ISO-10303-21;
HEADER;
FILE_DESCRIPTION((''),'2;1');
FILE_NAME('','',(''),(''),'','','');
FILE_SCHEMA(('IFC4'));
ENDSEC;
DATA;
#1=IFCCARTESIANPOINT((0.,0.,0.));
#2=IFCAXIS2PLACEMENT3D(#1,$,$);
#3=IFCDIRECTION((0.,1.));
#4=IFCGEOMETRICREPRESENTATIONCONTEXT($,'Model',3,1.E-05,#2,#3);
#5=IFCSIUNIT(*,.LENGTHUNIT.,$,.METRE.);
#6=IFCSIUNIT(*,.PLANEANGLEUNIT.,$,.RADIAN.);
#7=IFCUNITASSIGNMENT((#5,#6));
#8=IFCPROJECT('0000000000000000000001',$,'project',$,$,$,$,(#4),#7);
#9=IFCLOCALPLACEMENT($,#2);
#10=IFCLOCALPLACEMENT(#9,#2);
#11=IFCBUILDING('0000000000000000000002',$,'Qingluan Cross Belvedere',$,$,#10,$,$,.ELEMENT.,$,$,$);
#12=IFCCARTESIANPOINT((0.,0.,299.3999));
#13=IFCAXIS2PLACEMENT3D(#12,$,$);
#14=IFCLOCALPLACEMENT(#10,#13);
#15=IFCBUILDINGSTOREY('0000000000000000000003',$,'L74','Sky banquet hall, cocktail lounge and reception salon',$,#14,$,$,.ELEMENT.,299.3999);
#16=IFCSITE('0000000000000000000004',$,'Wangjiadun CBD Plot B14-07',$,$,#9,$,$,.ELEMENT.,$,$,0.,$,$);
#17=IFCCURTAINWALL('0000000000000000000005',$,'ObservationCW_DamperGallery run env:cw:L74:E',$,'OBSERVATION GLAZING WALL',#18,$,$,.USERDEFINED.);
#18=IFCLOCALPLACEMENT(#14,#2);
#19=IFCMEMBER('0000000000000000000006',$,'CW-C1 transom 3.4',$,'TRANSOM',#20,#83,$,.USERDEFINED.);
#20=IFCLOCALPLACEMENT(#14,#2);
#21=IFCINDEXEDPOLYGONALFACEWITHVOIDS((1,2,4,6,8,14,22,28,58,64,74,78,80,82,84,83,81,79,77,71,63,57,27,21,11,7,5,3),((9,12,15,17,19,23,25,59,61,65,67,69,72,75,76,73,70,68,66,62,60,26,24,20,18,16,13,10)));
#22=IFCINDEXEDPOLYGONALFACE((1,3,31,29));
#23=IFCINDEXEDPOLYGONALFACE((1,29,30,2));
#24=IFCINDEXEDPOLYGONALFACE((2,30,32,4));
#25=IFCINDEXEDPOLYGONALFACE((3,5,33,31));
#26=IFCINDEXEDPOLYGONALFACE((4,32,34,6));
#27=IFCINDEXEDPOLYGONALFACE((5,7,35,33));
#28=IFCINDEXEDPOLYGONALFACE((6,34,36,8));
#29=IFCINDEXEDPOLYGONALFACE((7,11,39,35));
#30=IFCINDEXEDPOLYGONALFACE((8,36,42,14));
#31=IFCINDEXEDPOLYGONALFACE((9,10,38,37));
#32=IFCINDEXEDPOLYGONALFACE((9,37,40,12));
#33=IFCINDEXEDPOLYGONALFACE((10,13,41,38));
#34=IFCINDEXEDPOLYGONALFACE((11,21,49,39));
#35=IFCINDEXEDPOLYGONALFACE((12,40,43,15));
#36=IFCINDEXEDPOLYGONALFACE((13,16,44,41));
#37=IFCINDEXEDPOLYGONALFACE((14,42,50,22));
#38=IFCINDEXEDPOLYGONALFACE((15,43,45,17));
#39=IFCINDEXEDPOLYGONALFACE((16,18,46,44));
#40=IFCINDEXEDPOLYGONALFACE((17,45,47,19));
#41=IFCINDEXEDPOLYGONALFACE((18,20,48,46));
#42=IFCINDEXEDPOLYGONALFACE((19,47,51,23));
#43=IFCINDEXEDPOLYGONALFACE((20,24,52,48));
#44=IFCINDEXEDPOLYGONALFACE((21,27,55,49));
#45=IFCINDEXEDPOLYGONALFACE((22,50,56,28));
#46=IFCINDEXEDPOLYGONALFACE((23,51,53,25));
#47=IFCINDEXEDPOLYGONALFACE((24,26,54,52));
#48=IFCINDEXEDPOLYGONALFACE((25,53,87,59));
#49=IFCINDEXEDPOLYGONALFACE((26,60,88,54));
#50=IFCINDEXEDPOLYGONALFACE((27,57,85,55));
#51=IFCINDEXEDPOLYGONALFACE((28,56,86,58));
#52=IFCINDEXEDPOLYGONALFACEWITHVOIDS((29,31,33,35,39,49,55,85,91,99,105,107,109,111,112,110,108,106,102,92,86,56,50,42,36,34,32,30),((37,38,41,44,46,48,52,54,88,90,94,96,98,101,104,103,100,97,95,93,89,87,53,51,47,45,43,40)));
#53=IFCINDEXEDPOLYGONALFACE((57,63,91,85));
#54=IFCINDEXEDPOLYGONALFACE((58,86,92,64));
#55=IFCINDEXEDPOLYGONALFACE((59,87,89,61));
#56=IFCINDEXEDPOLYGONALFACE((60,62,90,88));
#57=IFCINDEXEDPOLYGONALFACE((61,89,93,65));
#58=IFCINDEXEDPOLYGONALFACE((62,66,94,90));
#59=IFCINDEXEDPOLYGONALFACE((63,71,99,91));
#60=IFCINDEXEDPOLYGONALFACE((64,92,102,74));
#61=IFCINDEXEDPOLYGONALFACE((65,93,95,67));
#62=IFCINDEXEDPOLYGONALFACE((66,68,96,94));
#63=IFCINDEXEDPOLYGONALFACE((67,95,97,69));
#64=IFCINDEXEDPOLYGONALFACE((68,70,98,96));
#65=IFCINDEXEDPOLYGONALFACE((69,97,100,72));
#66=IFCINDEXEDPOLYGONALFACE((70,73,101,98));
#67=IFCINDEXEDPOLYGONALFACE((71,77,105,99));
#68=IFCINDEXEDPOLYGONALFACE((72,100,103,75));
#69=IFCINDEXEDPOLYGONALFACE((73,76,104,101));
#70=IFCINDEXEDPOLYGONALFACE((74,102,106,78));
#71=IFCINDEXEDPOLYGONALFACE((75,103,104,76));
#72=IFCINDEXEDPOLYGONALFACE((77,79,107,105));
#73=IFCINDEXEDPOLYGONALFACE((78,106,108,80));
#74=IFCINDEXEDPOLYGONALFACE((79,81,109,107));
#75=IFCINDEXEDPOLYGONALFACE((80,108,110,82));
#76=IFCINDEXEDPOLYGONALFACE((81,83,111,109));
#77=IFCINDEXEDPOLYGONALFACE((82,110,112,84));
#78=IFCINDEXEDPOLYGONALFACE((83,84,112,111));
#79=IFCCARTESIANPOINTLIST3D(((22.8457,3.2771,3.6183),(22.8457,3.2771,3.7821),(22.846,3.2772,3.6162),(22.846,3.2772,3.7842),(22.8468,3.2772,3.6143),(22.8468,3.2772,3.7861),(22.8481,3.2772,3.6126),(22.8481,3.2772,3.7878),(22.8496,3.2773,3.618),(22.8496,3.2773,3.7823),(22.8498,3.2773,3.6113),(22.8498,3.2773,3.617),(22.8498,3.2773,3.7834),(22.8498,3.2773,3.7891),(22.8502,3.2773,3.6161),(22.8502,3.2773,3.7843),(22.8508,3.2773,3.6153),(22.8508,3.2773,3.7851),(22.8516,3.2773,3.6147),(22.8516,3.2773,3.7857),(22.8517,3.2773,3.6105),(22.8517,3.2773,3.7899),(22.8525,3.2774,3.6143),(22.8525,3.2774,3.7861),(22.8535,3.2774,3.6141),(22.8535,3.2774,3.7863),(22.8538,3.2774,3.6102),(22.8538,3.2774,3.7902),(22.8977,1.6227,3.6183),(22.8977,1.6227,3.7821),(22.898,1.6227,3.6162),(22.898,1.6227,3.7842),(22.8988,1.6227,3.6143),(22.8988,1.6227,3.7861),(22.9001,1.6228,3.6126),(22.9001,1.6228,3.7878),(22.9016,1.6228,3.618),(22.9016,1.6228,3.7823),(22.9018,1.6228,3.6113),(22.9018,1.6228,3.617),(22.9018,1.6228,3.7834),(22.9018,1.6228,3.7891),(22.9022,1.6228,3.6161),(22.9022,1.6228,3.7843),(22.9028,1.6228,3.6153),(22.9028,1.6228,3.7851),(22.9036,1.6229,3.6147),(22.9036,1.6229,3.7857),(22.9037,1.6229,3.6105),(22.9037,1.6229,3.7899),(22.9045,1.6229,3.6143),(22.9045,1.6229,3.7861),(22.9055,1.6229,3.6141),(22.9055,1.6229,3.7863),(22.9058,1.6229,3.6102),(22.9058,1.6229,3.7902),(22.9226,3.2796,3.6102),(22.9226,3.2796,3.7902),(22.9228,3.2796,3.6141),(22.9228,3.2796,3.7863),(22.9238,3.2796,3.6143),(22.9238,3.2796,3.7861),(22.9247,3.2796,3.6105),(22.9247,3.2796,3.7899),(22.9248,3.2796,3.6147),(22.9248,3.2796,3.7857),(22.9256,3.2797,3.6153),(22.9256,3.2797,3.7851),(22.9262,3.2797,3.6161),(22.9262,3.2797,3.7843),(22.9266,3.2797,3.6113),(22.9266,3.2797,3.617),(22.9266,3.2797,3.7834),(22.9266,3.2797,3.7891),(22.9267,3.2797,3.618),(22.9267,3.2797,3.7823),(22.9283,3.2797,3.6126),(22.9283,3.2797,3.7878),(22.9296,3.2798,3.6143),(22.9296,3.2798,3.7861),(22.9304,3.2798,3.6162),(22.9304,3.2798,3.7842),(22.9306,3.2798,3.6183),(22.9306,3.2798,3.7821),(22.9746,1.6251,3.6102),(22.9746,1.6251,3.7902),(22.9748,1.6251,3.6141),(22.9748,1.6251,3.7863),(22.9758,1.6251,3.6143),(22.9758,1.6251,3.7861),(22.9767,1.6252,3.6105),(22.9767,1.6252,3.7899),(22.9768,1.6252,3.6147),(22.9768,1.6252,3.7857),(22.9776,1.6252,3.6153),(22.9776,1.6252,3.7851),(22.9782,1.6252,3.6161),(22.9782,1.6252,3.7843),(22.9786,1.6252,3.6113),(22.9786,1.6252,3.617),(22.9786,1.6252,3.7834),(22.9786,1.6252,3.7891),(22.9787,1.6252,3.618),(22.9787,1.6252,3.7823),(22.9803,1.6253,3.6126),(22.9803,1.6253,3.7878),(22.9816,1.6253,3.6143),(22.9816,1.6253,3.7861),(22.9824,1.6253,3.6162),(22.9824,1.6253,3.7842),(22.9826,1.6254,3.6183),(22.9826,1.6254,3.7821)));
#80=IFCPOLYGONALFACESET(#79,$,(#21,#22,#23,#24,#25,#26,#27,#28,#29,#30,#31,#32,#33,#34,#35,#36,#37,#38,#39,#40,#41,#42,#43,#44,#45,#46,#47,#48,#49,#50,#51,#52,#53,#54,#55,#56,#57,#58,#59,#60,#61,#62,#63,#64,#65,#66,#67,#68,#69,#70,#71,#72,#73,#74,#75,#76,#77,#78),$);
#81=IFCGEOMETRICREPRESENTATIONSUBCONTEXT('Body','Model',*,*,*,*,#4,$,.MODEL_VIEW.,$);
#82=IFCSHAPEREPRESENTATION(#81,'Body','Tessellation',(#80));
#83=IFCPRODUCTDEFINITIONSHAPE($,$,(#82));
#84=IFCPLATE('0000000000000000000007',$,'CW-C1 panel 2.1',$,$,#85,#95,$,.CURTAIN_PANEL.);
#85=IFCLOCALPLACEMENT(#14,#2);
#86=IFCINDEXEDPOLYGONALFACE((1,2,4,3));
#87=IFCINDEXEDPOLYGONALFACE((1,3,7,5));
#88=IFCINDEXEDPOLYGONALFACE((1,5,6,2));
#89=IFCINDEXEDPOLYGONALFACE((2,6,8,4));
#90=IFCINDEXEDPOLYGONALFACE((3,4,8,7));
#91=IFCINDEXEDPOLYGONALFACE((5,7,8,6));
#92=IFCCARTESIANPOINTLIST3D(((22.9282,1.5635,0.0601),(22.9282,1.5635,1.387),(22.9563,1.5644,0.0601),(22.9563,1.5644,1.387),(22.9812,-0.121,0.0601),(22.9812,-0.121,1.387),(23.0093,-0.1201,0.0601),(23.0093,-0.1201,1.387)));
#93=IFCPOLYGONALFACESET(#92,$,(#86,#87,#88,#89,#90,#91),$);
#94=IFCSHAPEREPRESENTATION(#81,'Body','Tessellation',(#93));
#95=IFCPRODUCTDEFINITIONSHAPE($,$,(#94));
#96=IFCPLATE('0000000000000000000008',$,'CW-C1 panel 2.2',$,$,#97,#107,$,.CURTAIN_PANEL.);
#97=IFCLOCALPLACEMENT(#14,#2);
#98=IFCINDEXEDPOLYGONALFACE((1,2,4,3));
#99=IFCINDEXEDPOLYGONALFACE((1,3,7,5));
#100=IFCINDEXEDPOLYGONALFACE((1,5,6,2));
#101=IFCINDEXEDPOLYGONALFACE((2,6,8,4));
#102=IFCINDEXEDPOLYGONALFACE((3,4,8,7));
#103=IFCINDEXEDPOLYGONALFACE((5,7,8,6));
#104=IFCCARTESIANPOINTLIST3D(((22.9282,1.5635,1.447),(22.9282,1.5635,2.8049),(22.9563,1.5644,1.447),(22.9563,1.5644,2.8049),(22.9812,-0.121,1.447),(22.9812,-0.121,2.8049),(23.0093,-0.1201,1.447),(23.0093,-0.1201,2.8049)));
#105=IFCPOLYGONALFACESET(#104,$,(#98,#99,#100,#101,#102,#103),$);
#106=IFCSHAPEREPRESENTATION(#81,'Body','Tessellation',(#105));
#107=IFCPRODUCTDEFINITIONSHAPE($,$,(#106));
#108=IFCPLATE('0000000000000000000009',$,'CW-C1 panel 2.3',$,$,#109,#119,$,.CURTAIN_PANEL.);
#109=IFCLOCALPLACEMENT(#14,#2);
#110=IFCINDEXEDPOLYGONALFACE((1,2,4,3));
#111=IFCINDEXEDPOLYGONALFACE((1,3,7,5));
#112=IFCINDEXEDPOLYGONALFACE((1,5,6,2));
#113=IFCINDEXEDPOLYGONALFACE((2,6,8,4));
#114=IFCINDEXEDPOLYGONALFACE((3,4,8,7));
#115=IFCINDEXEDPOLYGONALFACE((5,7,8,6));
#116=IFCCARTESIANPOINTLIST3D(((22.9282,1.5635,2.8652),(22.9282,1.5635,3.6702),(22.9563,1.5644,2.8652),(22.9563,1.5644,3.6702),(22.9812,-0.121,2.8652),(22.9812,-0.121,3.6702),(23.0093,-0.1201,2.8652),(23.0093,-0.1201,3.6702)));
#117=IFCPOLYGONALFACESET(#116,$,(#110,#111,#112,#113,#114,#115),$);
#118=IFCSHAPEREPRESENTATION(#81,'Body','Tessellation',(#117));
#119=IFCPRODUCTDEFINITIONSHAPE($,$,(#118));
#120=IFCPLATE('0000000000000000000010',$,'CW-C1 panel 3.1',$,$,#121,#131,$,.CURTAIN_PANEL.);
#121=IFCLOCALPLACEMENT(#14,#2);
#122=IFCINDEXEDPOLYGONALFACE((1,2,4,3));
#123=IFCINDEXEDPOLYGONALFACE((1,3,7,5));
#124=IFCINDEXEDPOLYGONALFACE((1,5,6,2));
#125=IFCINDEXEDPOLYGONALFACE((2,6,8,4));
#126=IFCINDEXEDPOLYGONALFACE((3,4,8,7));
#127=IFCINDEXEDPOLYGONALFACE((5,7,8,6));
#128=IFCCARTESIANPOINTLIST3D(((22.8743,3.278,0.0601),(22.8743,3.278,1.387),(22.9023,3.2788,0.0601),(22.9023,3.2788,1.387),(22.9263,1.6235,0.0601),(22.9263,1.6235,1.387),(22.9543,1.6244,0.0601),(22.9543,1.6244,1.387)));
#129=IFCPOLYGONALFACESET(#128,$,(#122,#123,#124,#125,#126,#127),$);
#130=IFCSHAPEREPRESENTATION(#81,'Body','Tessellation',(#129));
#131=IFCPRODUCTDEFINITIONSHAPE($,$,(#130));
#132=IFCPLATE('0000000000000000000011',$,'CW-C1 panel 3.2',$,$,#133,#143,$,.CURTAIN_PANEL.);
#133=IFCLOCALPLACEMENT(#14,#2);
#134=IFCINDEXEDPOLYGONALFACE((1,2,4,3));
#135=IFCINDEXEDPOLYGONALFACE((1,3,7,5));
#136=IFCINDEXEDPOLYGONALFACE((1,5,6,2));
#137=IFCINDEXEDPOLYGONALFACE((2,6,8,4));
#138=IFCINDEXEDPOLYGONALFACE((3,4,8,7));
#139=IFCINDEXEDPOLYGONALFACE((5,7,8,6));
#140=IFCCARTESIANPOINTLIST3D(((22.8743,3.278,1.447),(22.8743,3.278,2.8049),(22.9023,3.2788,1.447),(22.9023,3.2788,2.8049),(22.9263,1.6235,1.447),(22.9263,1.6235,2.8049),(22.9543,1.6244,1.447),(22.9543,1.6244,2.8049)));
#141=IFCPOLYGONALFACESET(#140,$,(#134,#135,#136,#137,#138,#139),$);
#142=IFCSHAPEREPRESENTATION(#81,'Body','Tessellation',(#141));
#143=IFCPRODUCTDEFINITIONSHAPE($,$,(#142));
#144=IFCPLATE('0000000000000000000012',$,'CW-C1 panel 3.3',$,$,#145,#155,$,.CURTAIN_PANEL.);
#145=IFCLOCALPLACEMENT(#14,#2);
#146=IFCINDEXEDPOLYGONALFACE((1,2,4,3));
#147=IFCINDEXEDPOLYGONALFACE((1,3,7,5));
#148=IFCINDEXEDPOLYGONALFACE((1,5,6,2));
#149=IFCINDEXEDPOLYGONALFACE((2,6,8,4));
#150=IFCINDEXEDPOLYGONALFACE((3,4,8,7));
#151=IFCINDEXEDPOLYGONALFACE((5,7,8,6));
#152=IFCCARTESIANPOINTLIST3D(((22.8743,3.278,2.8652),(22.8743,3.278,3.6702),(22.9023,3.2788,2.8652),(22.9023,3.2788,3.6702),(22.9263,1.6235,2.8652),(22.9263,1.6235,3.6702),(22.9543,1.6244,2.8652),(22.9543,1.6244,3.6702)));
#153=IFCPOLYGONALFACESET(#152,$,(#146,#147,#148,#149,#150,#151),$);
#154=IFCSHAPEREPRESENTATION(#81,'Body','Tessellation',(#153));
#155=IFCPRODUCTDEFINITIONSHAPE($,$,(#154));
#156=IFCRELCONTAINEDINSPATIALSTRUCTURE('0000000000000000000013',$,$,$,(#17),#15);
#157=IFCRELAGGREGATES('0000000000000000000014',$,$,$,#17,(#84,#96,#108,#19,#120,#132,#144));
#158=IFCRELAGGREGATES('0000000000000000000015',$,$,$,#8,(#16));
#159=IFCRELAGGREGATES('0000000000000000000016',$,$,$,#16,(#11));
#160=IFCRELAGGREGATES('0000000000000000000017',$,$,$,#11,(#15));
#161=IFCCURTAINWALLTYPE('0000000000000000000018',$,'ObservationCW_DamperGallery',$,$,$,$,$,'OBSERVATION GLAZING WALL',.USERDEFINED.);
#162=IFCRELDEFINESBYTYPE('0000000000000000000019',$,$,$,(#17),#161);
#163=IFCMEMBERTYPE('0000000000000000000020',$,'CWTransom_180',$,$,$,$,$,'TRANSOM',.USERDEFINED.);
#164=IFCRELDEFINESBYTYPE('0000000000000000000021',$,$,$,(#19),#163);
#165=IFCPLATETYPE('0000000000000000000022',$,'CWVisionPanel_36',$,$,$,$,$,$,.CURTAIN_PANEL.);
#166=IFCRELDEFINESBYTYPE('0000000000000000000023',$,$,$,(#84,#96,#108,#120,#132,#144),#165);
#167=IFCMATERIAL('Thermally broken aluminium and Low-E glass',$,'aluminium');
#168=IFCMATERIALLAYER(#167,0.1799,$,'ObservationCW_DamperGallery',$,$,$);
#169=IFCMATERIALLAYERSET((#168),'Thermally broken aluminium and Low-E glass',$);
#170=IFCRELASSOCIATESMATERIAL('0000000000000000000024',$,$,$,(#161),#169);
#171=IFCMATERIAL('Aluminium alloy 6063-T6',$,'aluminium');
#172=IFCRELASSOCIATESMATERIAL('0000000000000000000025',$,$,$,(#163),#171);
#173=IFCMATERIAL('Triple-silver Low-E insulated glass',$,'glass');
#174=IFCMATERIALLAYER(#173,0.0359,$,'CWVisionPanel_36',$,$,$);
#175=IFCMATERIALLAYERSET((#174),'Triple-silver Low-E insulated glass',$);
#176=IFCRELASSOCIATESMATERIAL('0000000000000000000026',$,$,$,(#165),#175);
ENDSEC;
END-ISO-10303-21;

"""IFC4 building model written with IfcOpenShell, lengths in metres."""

from ifc_helpers import new_model, si_unit, direction, frame, origin, origin_2d, place, context, subcontext, project, spatial, rectangle, hollow_rectangle, extrude, material, layer, layer_set, material_profile, profile_set, type_object, element, aggregate, save


model = new_model("IFC4")

# Units and contexts
model_context = context("Model", 3, precision=1e-05, world=origin(), true_north=direction((0.0, 1.0)))
body_context = subcontext(model_context, "Body", "Model", "MODEL_VIEW")
ifc_project = project(units=[si_unit("LENGTHUNIT", "METRE"), si_unit("PLANEANGLEUNIT", "RADIAN")], contexts=[model_context])

# Site, building, storey
site_placement = place(None, origin())
site = spatial("IfcSite", under=ifc_project, at=site_placement, Name="Wangjiadun CBD Plot B14-07", CompositionType="ELEMENT", RefElevation=0.0)
building_placement = place(site_placement, origin())
building = spatial("IfcBuilding", under=site, at=building_placement, Name="Qingluan Cross Belvedere", CompositionType="ELEMENT")
storey_placement = place(building_placement, frame((0.0, 0.0, 299.3999)))
storey = spatial("IfcBuildingStorey", under=building, at=storey_placement, Name="L74", Description="Sky banquet hall, cocktail lounge and reception salon", CompositionType="ELEMENT", Elevation=299.3999)

# Curtain wall, member, plates
ifc_material_1 = material(Name="Thermally broken aluminium and Low-E glass", Category="aluminium")
ifc_layer_1 = layer(ifc_material_1, 0.1799, Name="ObservationCW_DamperGallery")
ifc_layer_set_1 = layer_set([ifc_layer_1], Name="Thermally broken aluminium and Low-E glass")
curtain_wall_type = type_object("IfcCurtainWallType", Name="ObservationCW_DamperGallery", ElementType="OBSERVATION GLAZING WALL", PredefinedType="USERDEFINED", material=ifc_layer_set_1)
curtain_wall_placement = place(storey_placement, origin())
curtain_wall = element("IfcCurtainWall", 1, at=curtain_wall_placement, inside=storey, type_object=curtain_wall_type, Name="ObservationCW_DamperGallery run env:cw:L74:E", ObjectType="OBSERVATION GLAZING WALL", PredefinedType="USERDEFINED")
ifc_material_2 = material(Name="Aluminium alloy 6063-T6", Category="aluminium")
ifc_material_profile_1 = material_profile(ifc_material_2, hollow_rectangle(XDim=0.085, YDim=0.1799, WallThickness=0.0039, InnerFilletRadius=0.0039, OuterFilletRadius=0.0081, at=origin_2d()), Name="CWT180x85x4")
ifc_profile_set_1 = profile_set([ifc_material_profile_1], Name="Aluminium alloy 6063-T6")
member_type_1 = type_object("IfcMemberType", Name="CWTransom_180", ElementType="TRANSOM", PredefinedType="USERDEFINED", material=ifc_profile_set_1)
member_1_placement = place(storey_placement, frame((22.9402, 1.624, 3.7002), z_axis=(-0.031414, 0.999506, 0.0), x_axis=(-0.999506, -0.031414, 0.0)))
member_1 = element("IfcMember", 2, at=member_1_placement, type_object=member_type_1, Name="CW-C1 transom 3.4", ObjectType="TRANSOM", PredefinedType="USERDEFINED", context=body_context, shape_type="SweptSolid", body=[
    extrude(hollow_rectangle(XDim=0.085, YDim=0.1799, WallThickness=0.0039, InnerFilletRadius=0.0039, OuterFilletRadius=0.0081, at=origin_2d()), origin(), (0.0, 0.0, 1.0), 1.6553),
])
ifc_material_3 = material(Name="Triple-silver Low-E insulated glass", Category="glass")
ifc_layer_2 = layer(ifc_material_3, 0.0359, Name="CWVisionPanel_36")
ifc_layer_set_2 = layer_set([ifc_layer_2], Name="Triple-silver Low-E insulated glass")
plate_type = type_object("IfcPlateType", Name="CWVisionPanel_36", PredefinedType="CURTAIN_PANEL", material=ifc_layer_set_2)
plate_1_placement = place(storey_placement, frame((22.9688, 0.7217, 0.0601), z_axis=(0.0, 0.0, 1.0), x_axis=(-0.031417, 0.999506, 0.0)))
plate_1 = element("IfcPlate", 3, at=plate_1_placement, type_object=plate_type, Name="CW-C1 panel 2.1", PredefinedType="CURTAIN_PANEL", context=body_context, shape_type="SweptSolid", body=[
    extrude(rectangle(XDim=1.6853, YDim=0.0281, at=origin_2d()), origin(), (0.0, 0.0, 1.0), 1.3269),
])
plate_2_placement = place(storey_placement, frame((22.9688, 0.7217, 1.447), z_axis=(0.0, 0.0, 1.0), x_axis=(-0.031417, 0.999506, 0.0)))
plate_2 = element("IfcPlate", 4, at=plate_2_placement, type_object=plate_type, Name="CW-C1 panel 2.2", PredefinedType="CURTAIN_PANEL", context=body_context, shape_type="SweptSolid", body=[
    extrude(rectangle(XDim=1.6853, YDim=0.0281, at=origin_2d()), origin(), (0.0, 0.0, 1.0), 1.3579),
])
plate_3_placement = place(storey_placement, frame((22.9688, 0.7217, 2.8652), z_axis=(0.0, 0.0, 1.0), x_axis=(-0.031417, 0.999506, 0.0)))
plate_3 = element("IfcPlate", 5, at=plate_3_placement, type_object=plate_type, Name="CW-C1 panel 2.3", PredefinedType="CURTAIN_PANEL", context=body_context, shape_type="SweptSolid", body=[
    extrude(rectangle(XDim=1.6853, YDim=0.0281, at=origin_2d()), origin(), (0.0, 0.0, 1.0), 0.8049),
])
plate_4_placement = place(storey_placement, frame((22.9143, 2.4512, 0.0601), z_axis=(0.0, 0.0, 1.0), x_axis=(-0.031417, 0.999506, 0.0)))
plate_4 = element("IfcPlate", 6, at=plate_4_placement, type_object=plate_type, Name="CW-C1 panel 3.1", PredefinedType="CURTAIN_PANEL", context=body_context, shape_type="SweptSolid", body=[
    extrude(rectangle(XDim=1.6553, YDim=0.0281, at=origin_2d()), origin(), (0.0, 0.0, 1.0), 1.3269),
])
plate_5_placement = place(storey_placement, frame((22.9143, 2.4512, 1.447), z_axis=(0.0, 0.0, 1.0), x_axis=(-0.031417, 0.999506, 0.0)))
plate_5 = element("IfcPlate", 7, at=plate_5_placement, type_object=plate_type, Name="CW-C1 panel 3.2", PredefinedType="CURTAIN_PANEL", context=body_context, shape_type="SweptSolid", body=[
    extrude(rectangle(XDim=1.6553, YDim=0.0281, at=origin_2d()), origin(), (0.0, 0.0, 1.0), 1.3579),
])
plate_6_placement = place(storey_placement, frame((22.9143, 2.4512, 2.8652), z_axis=(0.0, 0.0, 1.0), x_axis=(-0.031417, 0.999506, 0.0)))
plate_6 = element("IfcPlate", 8, at=plate_6_placement, type_object=plate_type, Name="CW-C1 panel 3.3", PredefinedType="CURTAIN_PANEL", context=body_context, shape_type="SweptSolid", body=[
    extrude(rectangle(XDim=1.6553, YDim=0.0281, at=origin_2d()), origin(), (0.0, 0.0, 1.0), 0.8049),
])
aggregate(curtain_wall, [plate_1, plate_2, plate_3, member_1, plate_4, plate_5, plate_6])

save(model, "model.ifc")
